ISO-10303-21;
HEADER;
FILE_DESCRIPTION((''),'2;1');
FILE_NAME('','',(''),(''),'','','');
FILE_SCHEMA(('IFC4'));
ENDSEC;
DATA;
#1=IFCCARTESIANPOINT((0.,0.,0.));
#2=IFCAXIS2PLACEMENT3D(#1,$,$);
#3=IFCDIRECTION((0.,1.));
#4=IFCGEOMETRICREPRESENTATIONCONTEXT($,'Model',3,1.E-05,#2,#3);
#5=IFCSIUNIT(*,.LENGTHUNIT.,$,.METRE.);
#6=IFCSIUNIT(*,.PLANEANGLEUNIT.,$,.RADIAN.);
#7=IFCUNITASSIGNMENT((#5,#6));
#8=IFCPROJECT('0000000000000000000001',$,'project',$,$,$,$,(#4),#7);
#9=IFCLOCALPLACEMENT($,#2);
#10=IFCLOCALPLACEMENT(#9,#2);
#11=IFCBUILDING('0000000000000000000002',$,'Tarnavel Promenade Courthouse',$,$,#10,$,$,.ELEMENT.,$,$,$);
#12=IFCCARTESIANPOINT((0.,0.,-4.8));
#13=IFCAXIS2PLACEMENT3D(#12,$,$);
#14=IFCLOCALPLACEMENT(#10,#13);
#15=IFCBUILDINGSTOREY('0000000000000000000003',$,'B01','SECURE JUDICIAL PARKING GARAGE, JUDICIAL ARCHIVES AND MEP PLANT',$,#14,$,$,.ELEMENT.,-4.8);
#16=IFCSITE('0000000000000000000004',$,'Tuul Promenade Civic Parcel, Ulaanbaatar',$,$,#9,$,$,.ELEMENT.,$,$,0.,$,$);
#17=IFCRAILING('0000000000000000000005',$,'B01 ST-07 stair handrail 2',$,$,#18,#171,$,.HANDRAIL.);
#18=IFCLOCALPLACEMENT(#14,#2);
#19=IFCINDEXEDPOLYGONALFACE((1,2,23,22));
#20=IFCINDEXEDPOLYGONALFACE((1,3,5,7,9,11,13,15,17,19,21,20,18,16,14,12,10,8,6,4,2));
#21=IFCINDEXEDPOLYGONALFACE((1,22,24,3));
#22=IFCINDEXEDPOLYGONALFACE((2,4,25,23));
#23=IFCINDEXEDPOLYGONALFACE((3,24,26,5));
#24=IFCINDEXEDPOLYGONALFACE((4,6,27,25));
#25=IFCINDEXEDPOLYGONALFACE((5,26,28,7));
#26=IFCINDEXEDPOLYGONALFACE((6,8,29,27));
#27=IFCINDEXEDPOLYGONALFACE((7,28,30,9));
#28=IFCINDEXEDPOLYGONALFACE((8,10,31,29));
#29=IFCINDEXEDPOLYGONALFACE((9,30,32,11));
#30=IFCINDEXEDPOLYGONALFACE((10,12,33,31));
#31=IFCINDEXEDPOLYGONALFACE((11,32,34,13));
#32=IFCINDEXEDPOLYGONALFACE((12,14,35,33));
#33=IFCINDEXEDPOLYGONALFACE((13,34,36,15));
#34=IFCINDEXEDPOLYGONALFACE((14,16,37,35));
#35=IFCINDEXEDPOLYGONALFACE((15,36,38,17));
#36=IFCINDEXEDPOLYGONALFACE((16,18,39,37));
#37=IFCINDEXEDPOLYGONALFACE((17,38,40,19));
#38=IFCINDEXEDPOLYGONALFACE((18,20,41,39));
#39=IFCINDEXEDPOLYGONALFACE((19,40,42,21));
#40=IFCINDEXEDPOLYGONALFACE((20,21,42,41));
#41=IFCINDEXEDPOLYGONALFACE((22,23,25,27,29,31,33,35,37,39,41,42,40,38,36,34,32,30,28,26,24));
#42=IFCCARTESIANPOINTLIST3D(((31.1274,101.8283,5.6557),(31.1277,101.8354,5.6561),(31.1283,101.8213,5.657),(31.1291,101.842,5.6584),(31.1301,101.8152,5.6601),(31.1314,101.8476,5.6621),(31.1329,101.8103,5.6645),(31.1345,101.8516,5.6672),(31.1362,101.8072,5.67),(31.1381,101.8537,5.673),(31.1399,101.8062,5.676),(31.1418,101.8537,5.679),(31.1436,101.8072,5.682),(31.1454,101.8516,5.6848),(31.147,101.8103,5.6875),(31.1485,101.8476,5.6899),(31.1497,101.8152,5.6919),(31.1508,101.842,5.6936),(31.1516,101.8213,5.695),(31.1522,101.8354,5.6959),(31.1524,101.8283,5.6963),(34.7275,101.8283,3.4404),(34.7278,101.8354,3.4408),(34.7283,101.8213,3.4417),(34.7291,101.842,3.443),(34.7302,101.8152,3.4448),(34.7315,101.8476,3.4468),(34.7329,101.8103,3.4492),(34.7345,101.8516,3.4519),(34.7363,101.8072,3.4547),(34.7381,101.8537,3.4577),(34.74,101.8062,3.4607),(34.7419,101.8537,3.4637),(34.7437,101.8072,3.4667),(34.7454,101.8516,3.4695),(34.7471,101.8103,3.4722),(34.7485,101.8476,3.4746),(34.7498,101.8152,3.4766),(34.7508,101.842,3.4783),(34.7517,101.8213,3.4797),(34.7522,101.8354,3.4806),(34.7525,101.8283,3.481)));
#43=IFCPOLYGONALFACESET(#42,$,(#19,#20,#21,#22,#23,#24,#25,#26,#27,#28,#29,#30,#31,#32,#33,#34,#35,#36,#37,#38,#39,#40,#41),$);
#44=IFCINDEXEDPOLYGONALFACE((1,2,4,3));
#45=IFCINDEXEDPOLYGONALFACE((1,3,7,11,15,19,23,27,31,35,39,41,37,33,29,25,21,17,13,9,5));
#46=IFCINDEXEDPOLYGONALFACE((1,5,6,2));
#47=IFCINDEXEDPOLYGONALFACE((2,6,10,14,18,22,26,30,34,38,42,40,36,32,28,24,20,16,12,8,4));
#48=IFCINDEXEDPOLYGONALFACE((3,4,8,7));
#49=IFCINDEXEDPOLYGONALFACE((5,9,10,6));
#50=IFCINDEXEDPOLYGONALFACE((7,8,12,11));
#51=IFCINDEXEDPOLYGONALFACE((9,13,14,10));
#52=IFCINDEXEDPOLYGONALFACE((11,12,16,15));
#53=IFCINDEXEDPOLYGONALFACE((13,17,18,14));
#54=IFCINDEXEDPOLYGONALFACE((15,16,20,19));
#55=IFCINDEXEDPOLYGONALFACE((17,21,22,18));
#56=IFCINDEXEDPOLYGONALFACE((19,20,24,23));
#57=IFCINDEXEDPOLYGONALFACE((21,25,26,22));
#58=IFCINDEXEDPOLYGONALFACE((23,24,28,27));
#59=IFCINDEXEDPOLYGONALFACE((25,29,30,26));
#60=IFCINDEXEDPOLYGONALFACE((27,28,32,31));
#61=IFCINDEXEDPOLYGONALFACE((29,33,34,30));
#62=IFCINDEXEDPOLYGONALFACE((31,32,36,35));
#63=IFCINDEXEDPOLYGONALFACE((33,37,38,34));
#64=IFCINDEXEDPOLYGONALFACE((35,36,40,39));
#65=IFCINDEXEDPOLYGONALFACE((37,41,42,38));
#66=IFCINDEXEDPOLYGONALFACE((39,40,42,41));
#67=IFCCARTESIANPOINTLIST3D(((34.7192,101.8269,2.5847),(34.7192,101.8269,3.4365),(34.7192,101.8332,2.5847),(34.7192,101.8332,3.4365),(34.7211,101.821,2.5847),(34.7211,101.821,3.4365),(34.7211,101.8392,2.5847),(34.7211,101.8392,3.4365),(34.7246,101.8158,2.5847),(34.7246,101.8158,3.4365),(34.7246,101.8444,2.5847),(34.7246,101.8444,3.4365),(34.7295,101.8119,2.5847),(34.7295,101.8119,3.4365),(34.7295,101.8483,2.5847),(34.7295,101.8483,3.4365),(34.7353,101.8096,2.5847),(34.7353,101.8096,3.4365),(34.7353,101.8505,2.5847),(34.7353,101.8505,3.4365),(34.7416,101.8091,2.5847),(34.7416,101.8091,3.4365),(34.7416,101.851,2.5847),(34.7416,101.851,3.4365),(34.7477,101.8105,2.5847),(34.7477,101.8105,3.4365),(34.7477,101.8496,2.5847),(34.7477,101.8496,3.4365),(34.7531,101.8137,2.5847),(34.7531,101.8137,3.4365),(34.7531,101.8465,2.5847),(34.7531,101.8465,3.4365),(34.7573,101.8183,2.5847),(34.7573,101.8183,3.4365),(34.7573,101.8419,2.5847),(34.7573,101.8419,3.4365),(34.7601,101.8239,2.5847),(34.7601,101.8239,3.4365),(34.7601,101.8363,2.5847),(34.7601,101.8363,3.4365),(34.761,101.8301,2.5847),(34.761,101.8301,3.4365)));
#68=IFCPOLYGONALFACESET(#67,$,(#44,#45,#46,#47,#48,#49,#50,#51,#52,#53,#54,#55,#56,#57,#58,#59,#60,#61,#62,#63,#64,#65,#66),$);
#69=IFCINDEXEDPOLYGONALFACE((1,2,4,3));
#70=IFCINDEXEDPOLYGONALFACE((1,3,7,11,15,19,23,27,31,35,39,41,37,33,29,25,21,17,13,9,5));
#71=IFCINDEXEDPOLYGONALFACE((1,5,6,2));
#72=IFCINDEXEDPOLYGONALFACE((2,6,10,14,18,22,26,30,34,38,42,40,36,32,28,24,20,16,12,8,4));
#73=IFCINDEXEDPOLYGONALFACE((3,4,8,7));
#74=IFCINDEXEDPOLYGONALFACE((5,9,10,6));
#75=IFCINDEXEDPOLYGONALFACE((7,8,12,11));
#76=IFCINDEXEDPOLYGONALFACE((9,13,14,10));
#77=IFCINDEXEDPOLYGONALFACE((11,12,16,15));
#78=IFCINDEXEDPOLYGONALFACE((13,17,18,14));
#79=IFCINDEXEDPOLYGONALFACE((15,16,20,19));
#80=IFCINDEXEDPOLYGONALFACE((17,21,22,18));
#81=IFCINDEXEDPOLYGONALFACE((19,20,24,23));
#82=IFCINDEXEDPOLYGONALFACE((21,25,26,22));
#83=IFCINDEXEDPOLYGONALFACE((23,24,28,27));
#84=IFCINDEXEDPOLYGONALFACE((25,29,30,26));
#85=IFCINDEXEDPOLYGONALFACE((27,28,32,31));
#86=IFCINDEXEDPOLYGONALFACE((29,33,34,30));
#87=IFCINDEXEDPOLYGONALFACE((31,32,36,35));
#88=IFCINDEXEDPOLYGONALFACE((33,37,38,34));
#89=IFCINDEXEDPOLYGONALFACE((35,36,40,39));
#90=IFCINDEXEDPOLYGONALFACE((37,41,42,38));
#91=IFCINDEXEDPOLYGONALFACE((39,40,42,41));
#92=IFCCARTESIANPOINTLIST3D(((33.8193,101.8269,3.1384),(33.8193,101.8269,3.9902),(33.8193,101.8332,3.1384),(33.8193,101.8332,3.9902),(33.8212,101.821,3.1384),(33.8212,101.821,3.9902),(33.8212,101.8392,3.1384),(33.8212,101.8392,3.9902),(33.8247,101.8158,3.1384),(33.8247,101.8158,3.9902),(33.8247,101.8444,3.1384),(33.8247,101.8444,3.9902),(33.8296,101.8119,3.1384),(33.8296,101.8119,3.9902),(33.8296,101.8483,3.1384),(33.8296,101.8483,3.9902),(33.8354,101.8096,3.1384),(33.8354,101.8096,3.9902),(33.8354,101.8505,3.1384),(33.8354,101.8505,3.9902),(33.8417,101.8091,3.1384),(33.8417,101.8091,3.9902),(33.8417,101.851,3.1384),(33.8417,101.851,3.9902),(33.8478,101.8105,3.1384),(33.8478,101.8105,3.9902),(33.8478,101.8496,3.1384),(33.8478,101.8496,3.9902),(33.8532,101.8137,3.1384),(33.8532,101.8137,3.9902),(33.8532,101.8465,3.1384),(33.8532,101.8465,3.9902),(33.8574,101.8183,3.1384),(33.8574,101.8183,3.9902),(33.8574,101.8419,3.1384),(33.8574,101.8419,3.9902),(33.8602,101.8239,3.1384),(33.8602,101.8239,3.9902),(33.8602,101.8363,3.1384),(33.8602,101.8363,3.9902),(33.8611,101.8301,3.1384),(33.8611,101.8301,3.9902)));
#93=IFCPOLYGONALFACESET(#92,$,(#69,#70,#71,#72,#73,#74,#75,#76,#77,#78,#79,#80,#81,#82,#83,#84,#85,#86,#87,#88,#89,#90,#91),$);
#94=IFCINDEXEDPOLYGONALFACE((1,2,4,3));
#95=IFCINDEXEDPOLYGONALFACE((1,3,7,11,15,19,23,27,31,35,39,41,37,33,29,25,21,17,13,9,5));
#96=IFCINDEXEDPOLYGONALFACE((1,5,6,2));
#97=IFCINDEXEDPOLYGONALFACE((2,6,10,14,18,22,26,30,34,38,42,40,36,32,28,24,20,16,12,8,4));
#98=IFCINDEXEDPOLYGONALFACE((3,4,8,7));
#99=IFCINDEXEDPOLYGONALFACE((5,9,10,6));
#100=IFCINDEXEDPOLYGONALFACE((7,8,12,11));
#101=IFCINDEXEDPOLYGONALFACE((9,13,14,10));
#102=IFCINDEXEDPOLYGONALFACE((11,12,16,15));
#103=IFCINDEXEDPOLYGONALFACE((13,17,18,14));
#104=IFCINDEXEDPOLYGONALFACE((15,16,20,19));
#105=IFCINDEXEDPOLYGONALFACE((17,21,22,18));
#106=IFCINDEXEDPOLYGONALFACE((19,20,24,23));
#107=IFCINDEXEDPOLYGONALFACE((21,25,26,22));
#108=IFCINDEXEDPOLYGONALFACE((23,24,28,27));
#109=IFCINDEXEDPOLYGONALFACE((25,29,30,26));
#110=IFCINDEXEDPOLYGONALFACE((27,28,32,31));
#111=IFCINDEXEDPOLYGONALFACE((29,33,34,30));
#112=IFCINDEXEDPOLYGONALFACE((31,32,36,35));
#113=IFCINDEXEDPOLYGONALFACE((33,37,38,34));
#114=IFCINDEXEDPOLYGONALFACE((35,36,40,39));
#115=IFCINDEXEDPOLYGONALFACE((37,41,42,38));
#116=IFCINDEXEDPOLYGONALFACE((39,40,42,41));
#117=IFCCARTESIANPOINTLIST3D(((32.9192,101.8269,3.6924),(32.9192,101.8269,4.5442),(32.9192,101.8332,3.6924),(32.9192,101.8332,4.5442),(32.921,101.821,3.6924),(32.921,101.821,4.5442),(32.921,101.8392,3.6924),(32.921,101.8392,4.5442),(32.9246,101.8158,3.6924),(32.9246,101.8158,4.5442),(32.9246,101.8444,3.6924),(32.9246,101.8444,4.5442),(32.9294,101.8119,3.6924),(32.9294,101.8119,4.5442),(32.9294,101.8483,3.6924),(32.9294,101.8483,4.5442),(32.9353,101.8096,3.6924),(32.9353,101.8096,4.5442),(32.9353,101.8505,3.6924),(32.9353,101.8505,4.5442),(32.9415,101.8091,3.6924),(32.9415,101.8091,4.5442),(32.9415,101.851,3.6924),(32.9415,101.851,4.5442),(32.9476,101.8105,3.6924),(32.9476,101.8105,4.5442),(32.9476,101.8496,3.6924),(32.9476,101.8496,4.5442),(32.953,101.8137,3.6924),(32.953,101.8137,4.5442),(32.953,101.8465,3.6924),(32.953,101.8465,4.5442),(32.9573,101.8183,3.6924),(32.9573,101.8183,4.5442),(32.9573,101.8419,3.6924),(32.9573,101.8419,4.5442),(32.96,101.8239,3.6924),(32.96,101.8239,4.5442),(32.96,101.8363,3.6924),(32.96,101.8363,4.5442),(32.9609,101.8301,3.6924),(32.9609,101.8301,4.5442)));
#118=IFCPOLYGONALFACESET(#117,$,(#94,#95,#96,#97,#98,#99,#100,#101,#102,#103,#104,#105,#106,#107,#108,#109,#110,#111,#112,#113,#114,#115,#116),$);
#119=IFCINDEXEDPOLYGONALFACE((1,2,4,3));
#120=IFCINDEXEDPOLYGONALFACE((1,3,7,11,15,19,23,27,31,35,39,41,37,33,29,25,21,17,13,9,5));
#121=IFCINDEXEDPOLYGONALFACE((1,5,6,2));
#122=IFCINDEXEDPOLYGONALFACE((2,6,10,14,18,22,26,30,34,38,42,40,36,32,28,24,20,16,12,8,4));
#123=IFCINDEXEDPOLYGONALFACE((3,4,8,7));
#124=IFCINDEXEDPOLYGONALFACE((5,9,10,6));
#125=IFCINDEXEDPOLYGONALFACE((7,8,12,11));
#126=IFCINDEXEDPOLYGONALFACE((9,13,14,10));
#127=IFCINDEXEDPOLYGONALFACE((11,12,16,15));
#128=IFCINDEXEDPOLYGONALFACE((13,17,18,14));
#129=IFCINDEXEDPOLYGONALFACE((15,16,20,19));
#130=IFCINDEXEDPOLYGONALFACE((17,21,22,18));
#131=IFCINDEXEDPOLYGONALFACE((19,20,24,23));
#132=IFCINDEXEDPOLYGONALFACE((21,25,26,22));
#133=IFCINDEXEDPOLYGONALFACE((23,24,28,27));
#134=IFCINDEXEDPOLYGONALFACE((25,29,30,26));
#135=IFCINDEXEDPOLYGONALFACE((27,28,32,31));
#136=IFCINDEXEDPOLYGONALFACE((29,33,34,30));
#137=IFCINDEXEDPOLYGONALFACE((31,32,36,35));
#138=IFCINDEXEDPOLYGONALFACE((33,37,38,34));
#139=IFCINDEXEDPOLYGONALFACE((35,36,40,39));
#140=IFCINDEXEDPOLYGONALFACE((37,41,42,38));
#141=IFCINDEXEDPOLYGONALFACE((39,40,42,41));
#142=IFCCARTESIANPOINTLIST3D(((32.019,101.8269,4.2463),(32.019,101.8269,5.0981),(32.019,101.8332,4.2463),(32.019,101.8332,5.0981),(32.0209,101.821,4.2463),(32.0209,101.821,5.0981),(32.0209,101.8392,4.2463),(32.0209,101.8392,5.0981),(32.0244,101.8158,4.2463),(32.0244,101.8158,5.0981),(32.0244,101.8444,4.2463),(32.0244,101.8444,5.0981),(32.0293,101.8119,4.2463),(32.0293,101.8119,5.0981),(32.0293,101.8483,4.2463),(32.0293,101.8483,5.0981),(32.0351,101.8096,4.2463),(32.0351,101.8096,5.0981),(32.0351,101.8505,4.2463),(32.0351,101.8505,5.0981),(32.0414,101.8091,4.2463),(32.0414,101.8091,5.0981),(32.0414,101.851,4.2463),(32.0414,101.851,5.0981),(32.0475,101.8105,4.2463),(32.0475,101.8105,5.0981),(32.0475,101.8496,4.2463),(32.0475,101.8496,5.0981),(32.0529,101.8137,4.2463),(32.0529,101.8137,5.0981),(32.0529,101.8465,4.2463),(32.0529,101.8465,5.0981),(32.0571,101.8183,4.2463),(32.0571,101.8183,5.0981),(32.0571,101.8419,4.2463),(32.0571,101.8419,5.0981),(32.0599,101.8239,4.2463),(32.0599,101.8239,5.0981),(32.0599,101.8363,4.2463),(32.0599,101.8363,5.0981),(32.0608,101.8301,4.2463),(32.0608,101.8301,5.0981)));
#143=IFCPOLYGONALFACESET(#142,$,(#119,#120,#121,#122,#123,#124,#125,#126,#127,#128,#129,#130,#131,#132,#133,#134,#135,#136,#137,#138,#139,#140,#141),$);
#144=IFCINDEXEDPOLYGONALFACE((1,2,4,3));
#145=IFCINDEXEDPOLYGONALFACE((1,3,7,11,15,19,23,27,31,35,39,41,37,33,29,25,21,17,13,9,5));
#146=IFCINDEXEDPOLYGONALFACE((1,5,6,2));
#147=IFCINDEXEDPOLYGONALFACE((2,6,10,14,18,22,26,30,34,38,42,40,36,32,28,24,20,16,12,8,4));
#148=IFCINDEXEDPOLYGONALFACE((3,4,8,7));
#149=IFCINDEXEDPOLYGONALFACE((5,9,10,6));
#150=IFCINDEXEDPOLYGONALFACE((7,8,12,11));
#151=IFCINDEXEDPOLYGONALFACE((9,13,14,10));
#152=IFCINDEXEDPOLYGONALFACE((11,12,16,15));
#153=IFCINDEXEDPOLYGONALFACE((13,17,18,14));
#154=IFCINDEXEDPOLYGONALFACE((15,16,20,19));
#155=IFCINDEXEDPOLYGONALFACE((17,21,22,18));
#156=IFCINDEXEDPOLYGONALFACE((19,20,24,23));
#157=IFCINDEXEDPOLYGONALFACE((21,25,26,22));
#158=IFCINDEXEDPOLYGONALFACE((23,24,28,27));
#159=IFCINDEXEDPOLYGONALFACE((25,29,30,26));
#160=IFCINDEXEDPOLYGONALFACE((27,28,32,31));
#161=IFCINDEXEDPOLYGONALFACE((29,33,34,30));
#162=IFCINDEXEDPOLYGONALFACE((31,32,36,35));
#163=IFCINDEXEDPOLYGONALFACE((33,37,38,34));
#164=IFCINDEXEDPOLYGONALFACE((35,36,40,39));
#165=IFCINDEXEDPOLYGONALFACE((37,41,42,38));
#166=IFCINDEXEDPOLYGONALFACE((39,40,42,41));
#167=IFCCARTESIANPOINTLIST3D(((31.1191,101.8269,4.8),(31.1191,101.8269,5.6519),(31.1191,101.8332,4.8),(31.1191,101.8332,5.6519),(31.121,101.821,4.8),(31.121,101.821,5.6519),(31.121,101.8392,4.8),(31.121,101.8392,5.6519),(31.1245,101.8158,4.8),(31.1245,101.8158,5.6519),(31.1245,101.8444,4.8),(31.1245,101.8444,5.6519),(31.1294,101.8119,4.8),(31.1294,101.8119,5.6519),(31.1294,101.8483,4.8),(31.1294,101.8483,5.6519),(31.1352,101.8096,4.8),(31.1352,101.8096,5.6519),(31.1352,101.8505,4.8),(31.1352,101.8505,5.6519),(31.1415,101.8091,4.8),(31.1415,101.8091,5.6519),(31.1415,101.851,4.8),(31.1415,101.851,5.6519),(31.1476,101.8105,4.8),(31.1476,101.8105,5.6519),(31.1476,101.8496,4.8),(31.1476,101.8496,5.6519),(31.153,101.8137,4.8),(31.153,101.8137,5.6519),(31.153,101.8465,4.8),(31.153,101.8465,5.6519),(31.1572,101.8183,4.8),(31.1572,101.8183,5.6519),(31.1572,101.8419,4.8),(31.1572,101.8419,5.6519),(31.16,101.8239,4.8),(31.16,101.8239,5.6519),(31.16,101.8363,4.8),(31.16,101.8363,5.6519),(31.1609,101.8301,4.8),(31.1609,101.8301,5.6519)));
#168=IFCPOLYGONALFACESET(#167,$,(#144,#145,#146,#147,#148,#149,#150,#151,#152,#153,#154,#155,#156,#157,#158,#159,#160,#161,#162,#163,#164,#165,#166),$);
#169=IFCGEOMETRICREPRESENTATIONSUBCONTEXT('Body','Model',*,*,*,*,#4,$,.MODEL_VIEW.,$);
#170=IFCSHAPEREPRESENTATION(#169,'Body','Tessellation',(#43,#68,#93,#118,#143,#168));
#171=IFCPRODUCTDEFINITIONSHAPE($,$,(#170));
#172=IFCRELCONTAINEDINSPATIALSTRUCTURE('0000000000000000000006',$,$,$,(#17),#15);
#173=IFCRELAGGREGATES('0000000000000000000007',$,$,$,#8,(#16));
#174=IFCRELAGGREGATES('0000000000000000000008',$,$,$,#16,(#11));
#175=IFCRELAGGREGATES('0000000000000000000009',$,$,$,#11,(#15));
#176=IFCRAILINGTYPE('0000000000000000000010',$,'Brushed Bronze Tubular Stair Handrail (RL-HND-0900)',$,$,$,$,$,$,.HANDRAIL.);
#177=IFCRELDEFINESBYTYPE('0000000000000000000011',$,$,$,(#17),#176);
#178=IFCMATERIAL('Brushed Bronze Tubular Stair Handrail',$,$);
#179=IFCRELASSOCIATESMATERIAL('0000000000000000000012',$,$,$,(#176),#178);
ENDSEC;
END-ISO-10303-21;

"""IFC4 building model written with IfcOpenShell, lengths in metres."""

from ifc_helpers import new_model, si_unit, direction, frame, origin, origin_2d, place, context, subcontext, project, spatial, circle, extrude, material, type_object, element, save


model = new_model("IFC4")

# Units and contexts
model_context = context("Model", 3, precision=1e-05, world=origin(), true_north=direction((0.0, 1.0)))
body_context = subcontext(model_context, "Body", "Model", "MODEL_VIEW")
ifc_project = project(units=[si_unit("LENGTHUNIT", "METRE"), si_unit("PLANEANGLEUNIT", "RADIAN")], contexts=[model_context])

# Site, building, storey
site_placement = place(None, origin())
site = spatial("IfcSite", under=ifc_project, at=site_placement, Name="Tuul Promenade Civic Parcel, Ulaanbaatar", CompositionType="ELEMENT", RefElevation=0.0)
building_placement = place(site_placement, origin())
building = spatial("IfcBuilding", under=site, at=building_placement, Name="Tarnavel Promenade Courthouse", CompositionType="ELEMENT")
storey_placement = place(building_placement, frame((0.0, 0.0, -4.8)))
storey = spatial("IfcBuildingStorey", under=building, at=storey_placement, Name="B01", Description="SECURE JUDICIAL PARKING GARAGE, JUDICIAL ARCHIVES AND MEP PLANT", CompositionType="ELEMENT", Elevation=-4.8)

# Railing
ifc_material_1 = material(Name="Brushed Bronze Tubular Stair Handrail")
railing_type_1 = type_object("IfcRailingType", Name="Brushed Bronze Tubular Stair Handrail (RL-HND-0900)", PredefinedType="HANDRAIL", material=ifc_material_1)
railing_1_placement = place(storey_placement, frame((34.74, 101.8301, 2.5847)))
element("IfcRailing", 1, at=railing_1_placement, inside=storey, type_object=railing_type_1, Name="B01 ST-07 stair handrail 2", PredefinedType="HANDRAIL", context=body_context, shape_type="SweptSolid", body=[
    extrude(circle(Radius=0.0239, at=origin_2d()), frame((0.0, 0.0, 0.876), z_axis=(-0.85167, 0.0, 0.524078), x_axis=(0.0, -1.0, 0.0)), (0.0, 0.0, 1.0), 4.2271),
    extrude(circle(Radius=0.021, at=origin_2d()), origin(), (0.0, 0.0, 1.0), 0.8518),
    extrude(circle(Radius=0.021, at=origin_2d()), frame((-0.8999, 0.0, 0.5537)), (0.0, 0.0, 1.0), 0.8518),
    extrude(circle(Radius=0.021, at=origin_2d()), frame((-1.8, 0.0, 1.1077)), (0.0, 0.0, 1.0), 0.8518),
    extrude(circle(Radius=0.021, at=origin_2d()), frame((-2.7002, 0.0, 1.6616)), (0.0, 0.0, 1.0), 0.8518),
    extrude(circle(Radius=0.021, at=origin_2d()), frame((-3.6001, 0.0, 2.2153)), (0.0, 0.0, 1.0), 0.8518),
])

save(model, "model.ifc")
